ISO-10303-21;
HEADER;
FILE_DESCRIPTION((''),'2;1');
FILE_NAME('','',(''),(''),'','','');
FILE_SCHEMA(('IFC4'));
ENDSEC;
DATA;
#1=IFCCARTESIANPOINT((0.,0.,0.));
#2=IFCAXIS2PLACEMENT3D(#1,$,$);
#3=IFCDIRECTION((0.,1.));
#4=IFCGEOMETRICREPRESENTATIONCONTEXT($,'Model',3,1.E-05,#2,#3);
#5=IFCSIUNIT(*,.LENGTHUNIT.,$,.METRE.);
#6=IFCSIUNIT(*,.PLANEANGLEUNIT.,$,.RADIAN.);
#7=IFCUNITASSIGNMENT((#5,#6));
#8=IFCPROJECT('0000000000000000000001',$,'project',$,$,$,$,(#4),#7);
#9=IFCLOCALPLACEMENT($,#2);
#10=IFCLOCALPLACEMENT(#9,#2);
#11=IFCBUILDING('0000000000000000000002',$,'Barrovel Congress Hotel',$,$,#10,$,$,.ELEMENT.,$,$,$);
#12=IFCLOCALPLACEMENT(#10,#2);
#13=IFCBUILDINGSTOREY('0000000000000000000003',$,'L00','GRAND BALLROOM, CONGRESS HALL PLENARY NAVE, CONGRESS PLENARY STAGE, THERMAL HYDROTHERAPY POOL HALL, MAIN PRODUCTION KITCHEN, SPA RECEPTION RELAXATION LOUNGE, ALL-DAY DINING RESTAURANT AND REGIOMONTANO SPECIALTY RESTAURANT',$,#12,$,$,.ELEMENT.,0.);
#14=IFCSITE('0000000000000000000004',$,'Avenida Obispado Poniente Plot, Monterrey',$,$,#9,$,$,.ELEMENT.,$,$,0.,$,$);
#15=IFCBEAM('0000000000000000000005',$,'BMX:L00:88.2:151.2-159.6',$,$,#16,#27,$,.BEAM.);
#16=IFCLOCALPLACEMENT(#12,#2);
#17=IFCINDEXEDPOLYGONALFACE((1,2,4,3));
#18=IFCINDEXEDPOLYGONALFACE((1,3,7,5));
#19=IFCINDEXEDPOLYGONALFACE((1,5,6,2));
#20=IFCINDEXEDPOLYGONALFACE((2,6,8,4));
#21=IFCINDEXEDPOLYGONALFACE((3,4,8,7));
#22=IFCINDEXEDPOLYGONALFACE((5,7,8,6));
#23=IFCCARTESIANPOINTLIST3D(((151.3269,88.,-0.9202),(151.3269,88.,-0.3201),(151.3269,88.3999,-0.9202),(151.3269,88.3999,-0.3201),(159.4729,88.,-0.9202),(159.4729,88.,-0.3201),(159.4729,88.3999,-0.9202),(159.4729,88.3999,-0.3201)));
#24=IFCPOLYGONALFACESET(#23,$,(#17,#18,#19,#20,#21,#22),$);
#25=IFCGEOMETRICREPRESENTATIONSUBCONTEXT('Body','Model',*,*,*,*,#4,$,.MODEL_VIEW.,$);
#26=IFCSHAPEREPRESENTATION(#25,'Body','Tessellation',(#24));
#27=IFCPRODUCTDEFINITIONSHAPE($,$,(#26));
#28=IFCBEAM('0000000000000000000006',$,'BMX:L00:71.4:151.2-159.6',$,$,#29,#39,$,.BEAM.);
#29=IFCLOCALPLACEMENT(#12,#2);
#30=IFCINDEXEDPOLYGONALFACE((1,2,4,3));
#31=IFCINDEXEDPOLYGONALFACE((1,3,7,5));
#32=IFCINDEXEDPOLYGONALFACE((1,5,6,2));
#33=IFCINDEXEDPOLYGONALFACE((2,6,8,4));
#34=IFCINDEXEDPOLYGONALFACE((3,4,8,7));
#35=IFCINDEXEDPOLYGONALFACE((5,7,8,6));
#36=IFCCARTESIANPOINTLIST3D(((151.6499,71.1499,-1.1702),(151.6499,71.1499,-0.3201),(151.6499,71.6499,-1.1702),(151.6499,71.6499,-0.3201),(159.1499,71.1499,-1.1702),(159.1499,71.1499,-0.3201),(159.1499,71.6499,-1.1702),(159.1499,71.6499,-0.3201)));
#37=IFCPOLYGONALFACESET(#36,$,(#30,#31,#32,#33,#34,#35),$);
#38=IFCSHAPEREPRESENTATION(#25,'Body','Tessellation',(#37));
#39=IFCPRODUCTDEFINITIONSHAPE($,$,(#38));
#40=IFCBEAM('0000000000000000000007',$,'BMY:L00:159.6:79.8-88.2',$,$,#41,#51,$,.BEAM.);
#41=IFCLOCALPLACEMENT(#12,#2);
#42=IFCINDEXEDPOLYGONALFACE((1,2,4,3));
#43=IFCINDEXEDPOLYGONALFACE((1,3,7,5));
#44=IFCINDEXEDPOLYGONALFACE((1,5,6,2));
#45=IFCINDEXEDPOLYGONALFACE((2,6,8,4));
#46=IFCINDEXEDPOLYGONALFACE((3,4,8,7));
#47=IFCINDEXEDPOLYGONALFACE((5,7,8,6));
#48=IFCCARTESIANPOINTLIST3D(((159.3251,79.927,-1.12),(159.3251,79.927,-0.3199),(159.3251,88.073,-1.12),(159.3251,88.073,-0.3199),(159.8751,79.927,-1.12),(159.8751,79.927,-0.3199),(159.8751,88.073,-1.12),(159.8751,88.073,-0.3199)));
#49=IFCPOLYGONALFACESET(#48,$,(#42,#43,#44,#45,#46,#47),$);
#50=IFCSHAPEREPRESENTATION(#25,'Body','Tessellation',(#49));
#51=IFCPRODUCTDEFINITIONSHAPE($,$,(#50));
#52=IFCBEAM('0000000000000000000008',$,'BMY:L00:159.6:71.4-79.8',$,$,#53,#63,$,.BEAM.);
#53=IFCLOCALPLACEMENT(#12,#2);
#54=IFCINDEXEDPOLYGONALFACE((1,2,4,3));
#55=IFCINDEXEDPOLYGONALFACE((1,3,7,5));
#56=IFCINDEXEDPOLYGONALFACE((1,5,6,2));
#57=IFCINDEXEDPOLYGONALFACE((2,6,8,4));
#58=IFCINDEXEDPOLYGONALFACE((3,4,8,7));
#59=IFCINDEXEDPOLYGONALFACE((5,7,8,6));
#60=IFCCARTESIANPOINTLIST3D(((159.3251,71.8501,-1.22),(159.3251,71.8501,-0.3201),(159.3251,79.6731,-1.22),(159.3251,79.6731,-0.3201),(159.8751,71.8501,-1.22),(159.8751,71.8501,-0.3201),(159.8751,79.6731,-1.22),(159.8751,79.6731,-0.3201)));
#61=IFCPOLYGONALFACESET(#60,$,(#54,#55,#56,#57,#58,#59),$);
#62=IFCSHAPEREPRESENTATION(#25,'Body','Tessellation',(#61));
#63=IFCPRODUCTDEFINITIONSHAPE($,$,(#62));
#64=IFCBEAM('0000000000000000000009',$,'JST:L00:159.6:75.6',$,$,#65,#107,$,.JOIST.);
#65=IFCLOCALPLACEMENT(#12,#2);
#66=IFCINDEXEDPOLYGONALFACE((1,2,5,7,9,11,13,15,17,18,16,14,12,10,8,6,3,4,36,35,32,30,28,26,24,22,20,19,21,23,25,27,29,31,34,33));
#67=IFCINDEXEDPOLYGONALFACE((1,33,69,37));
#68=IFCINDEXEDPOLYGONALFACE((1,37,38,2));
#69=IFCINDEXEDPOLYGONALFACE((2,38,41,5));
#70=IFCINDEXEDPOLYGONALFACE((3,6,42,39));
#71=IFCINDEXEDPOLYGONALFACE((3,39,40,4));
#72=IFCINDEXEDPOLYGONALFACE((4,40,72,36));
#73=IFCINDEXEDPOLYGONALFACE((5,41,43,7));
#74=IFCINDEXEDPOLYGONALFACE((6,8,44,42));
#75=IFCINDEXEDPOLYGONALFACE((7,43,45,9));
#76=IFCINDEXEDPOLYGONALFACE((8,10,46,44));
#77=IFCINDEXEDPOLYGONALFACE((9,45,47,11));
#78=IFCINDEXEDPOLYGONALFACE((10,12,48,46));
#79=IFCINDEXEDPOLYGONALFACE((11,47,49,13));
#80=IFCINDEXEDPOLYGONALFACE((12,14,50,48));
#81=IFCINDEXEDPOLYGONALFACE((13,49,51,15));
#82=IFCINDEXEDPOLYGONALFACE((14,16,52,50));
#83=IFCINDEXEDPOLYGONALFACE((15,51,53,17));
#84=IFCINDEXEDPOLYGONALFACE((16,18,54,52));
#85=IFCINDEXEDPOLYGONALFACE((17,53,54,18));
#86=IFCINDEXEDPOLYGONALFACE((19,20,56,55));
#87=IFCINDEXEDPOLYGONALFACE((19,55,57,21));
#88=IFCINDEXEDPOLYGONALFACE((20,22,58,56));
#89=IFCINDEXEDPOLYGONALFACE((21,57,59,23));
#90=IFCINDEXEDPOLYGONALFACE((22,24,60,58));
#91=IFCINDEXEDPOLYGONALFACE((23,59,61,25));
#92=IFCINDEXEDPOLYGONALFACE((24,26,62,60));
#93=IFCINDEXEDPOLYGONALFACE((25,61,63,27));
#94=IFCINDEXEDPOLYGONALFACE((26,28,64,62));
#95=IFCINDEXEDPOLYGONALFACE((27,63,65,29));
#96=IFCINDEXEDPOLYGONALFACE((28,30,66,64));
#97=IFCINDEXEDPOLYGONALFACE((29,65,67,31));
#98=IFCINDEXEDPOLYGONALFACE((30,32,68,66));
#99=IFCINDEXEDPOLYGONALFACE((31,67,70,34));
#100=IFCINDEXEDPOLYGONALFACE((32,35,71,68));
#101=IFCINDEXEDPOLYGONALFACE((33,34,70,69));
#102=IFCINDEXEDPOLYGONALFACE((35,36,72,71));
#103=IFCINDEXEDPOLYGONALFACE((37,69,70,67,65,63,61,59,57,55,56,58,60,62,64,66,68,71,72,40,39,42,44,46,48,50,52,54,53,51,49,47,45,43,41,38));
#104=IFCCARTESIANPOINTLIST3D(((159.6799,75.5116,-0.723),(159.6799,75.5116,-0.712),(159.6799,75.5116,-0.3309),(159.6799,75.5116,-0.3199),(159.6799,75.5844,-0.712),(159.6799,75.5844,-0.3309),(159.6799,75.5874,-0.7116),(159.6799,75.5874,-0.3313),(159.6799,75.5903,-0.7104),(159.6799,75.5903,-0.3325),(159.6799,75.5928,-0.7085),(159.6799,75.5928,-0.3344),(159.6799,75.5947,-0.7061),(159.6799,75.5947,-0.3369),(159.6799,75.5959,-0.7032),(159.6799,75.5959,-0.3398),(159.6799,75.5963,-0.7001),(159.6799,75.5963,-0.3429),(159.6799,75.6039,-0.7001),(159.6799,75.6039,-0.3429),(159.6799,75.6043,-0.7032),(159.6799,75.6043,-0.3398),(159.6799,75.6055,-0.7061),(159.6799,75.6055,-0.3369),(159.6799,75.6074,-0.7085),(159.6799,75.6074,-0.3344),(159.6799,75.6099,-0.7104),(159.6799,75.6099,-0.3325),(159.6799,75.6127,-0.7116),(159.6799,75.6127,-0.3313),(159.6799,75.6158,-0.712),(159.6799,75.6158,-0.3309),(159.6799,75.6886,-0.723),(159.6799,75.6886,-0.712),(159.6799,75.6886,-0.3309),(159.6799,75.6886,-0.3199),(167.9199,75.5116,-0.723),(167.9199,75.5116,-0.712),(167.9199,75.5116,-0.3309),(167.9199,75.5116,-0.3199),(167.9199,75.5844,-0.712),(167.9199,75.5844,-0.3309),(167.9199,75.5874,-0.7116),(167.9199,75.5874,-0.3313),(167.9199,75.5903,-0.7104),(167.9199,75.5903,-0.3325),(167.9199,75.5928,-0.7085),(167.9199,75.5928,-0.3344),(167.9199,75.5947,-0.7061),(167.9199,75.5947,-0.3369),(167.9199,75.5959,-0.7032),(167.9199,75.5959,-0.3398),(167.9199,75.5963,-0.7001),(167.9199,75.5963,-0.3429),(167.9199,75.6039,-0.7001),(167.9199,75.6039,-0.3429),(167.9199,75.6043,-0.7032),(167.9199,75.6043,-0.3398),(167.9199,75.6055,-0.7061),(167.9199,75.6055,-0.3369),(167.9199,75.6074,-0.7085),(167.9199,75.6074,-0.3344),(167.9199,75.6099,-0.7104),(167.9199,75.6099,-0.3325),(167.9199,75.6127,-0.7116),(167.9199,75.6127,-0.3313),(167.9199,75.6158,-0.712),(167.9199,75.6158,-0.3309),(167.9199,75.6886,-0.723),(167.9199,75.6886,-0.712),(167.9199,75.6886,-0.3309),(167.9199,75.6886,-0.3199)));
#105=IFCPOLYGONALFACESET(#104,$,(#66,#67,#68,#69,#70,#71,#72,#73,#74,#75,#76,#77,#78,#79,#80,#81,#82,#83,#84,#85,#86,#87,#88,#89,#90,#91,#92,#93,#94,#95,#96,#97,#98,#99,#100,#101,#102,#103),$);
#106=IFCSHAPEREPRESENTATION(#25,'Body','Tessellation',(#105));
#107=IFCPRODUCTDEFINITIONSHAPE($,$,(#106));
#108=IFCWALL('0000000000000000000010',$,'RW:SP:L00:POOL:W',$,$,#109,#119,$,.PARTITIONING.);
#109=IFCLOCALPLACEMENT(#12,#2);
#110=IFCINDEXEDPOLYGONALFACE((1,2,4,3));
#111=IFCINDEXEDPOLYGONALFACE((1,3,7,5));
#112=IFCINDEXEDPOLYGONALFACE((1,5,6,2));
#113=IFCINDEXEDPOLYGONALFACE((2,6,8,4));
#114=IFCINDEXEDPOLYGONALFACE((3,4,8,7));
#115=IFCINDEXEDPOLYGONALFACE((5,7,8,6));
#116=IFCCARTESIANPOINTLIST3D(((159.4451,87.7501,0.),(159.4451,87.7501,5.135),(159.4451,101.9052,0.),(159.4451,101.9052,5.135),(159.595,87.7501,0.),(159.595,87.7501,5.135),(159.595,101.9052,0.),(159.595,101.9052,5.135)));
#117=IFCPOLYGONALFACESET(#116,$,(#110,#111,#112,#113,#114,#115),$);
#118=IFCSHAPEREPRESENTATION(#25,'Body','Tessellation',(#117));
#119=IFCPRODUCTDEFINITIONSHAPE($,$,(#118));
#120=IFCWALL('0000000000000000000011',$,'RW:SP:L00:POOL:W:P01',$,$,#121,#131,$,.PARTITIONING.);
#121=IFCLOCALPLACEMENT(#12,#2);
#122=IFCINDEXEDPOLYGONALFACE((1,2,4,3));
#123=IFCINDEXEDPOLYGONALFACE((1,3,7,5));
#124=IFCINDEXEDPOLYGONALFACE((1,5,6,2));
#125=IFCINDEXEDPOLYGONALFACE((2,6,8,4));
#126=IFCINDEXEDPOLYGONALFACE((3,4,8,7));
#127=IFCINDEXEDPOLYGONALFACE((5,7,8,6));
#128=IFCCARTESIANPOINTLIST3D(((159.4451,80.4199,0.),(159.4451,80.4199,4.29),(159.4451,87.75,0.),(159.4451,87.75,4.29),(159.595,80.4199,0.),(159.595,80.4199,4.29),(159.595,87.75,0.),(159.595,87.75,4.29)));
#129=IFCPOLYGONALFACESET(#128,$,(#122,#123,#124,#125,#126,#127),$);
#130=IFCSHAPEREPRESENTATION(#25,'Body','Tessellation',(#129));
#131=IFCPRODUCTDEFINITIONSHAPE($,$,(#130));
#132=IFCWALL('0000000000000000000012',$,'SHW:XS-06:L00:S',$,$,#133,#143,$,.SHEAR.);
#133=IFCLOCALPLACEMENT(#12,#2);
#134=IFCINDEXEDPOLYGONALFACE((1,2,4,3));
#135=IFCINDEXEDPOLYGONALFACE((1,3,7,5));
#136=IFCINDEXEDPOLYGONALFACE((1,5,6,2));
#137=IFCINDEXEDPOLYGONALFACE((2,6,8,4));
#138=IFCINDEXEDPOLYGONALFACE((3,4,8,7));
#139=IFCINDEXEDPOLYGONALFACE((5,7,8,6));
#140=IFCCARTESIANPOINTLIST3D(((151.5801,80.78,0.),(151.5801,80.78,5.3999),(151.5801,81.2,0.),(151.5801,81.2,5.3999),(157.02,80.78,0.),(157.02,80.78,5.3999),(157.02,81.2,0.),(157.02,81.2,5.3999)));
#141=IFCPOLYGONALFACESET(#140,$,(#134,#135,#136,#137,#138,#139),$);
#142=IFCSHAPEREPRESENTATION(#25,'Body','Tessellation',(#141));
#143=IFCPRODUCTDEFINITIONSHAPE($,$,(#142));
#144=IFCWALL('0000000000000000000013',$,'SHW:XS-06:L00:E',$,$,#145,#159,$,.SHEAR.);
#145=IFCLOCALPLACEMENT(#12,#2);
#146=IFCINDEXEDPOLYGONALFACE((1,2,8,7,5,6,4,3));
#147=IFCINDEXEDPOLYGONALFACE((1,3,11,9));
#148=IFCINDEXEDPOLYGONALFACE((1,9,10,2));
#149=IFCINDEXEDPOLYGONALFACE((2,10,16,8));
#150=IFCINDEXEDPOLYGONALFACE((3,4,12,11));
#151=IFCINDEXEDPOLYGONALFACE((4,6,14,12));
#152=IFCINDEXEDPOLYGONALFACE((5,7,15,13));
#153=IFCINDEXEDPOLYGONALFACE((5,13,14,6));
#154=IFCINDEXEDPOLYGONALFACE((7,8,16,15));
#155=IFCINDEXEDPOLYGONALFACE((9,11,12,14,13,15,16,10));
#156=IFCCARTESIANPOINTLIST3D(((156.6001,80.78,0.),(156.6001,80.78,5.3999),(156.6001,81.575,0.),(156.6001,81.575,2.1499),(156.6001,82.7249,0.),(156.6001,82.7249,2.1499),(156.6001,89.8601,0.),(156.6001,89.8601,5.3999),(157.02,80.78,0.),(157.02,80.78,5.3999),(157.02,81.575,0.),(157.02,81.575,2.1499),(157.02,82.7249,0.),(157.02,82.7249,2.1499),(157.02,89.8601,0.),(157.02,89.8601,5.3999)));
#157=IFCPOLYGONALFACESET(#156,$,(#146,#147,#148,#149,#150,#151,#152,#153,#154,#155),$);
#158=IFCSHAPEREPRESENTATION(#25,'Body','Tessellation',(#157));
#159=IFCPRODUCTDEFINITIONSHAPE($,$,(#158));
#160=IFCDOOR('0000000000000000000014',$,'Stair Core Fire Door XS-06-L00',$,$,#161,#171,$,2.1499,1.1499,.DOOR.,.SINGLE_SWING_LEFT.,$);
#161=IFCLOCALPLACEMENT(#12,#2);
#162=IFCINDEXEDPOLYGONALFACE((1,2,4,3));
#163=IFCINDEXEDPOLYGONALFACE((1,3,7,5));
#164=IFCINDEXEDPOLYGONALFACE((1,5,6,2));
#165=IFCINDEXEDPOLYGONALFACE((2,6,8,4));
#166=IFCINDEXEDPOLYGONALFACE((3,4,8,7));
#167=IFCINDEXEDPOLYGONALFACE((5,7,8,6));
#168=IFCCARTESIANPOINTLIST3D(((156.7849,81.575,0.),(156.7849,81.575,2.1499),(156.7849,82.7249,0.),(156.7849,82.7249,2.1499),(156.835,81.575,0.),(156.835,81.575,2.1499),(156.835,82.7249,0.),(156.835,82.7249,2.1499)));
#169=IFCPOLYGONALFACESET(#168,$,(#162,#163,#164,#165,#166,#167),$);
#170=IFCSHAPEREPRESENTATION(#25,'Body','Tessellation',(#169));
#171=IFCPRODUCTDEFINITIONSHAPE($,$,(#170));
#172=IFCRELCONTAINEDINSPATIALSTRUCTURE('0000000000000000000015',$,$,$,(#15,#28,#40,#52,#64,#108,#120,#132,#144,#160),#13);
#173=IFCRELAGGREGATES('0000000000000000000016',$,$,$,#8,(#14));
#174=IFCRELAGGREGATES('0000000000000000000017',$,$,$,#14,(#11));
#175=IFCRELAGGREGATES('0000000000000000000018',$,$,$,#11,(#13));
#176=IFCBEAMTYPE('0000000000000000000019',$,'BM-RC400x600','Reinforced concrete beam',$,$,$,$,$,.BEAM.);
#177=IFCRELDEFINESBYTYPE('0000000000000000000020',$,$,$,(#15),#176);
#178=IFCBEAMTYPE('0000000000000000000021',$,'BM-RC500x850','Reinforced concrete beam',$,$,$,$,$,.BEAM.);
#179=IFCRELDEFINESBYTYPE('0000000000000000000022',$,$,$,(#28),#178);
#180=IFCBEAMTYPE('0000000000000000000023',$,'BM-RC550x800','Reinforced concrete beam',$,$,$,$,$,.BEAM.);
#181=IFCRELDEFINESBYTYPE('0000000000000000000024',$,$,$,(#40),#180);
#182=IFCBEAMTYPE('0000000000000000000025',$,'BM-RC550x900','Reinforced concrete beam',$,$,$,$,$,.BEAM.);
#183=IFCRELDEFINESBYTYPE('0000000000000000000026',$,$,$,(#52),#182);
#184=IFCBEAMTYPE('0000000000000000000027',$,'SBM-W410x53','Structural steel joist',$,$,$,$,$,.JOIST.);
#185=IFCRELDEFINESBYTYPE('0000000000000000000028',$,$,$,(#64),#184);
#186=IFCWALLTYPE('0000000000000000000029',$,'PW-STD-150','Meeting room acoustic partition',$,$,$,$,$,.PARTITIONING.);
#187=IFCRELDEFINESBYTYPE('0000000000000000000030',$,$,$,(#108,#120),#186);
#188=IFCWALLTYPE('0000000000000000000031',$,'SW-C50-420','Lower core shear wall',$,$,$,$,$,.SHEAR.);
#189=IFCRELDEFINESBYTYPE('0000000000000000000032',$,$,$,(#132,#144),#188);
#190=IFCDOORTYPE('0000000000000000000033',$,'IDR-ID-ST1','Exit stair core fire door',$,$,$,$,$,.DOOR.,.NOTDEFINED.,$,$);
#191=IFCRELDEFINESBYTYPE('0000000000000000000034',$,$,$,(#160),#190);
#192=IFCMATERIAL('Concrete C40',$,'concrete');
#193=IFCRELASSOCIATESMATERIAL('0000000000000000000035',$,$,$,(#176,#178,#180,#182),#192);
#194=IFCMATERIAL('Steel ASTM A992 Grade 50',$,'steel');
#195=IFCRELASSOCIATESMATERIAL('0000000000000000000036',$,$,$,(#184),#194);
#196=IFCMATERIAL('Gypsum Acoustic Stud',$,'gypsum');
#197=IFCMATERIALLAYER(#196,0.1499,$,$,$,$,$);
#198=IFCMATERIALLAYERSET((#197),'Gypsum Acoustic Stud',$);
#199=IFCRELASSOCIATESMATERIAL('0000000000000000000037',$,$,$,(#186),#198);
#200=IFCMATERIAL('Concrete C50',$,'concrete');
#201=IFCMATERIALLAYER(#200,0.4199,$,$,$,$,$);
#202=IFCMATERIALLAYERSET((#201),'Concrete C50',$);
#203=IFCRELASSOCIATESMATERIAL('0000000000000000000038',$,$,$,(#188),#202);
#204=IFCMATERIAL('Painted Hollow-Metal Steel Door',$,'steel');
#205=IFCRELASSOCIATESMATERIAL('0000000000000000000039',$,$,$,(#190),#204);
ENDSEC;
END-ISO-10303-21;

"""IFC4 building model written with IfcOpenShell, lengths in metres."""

from ifc_helpers import new_model, si_unit, direction, frame, frame_2d, origin, origin_2d, place, context, subcontext, project, spatial, rectangle, i_section, extrude, material, layer, layer_set, material_profile, profile_set, type_object, element, fill, save


model = new_model("IFC4")

# Units and contexts
model_context = context("Model", 3, precision=1e-05, world=origin(), true_north=direction((0.0, 1.0)))
body_context = subcontext(model_context, "Body", "Model", "MODEL_VIEW")
ifc_project = project(units=[si_unit("LENGTHUNIT", "METRE"), si_unit("PLANEANGLEUNIT", "RADIAN")], contexts=[model_context])

# Site, building, storey
site_placement = place(None, origin())
site = spatial("IfcSite", under=ifc_project, at=site_placement, Name="Avenida Obispado Poniente Plot, Monterrey", CompositionType="ELEMENT", RefElevation=0.0)
building_placement = place(site_placement, origin())
building = spatial("IfcBuilding", under=site, at=building_placement, Name="Barrovel Congress Hotel", CompositionType="ELEMENT")
storey_placement = place(building_placement, origin())
storey = spatial("IfcBuildingStorey", under=building, at=storey_placement, Name="L00", Description="GRAND BALLROOM, CONGRESS HALL PLENARY NAVE, CONGRESS PLENARY STAGE, THERMAL HYDROTHERAPY POOL HALL, MAIN PRODUCTION KITCHEN, SPA RECEPTION RELAXATION LOUNGE, ALL-DAY DINING RESTAURANT AND REGIOMONTANO SPECIALTY RESTAURANT", CompositionType="ELEMENT", Elevation=0.0)

# Shared definitions
ifc_material_1 = material(Name="Concrete C40", Category="concrete")

# Beams
ifc_material_profile_1 = material_profile(ifc_material_1, rectangle(XDim=0.3999, YDim=0.6001, at=origin_2d()), Name="RC400x600")
ifc_profile_set_1 = profile_set([ifc_material_profile_1], Name="Concrete C40")
beam_type_1 = type_object("IfcBeamType", Name="BM-RC400x600", Description="Reinforced concrete beam", PredefinedType="BEAM", material=ifc_profile_set_1)
beam_1_placement = place(storey_placement, frame((151.3269, 88.2, -0.6201), z_axis=(1.0, 0.0, 0.0), x_axis=(0.0, 1.0, 0.0)))
element("IfcBeam", 1, at=beam_1_placement, inside=storey, type_object=beam_type_1, Name="BMX:L00:88.2:151.2-159.6", PredefinedType="BEAM", context=body_context, shape_type="SweptSolid", body=[
    extrude(rectangle(XDim=0.3999, YDim=0.6001, at=origin_2d()), origin(), (0.0, 0.0, 1.0), 8.146),
])
ifc_material_profile_2 = material_profile(ifc_material_1, rectangle(XDim=0.5, YDim=0.8501, at=origin_2d()), Name="RC500x850")
ifc_profile_set_2 = profile_set([ifc_material_profile_2], Name="Concrete C40")
beam_type_2 = type_object("IfcBeamType", Name="BM-RC500x850", Description="Reinforced concrete beam", PredefinedType="BEAM", material=ifc_profile_set_2)
beam_2_placement = place(storey_placement, frame((151.6499, 71.3999, -0.7451), z_axis=(1.0, 0.0, 0.0), x_axis=(0.0, 1.0, 0.0)))
element("IfcBeam", 2, at=beam_2_placement, inside=storey, type_object=beam_type_2, Name="BMX:L00:71.4:151.2-159.6", PredefinedType="BEAM", context=body_context, shape_type="SweptSolid", body=[
    extrude(rectangle(XDim=0.5, YDim=0.8501, at=origin_2d()), origin(), (0.0, 0.0, 1.0), 7.5),
])
ifc_material_profile_3 = material_profile(ifc_material_1, rectangle(XDim=0.55, YDim=0.8, at=origin_2d()), Name="RC550x800")
ifc_profile_set_3 = profile_set([ifc_material_profile_3], Name="Concrete C40")
beam_type_3 = type_object("IfcBeamType", Name="BM-RC550x800", Description="Reinforced concrete beam", PredefinedType="BEAM", material=ifc_profile_set_3)
beam_3_placement = place(storey_placement, frame((159.6001, 79.927, -0.72), z_axis=(0.0, 1.0, 0.0), x_axis=(-1.0, 0.0, 0.0)))
element("IfcBeam", 3, at=beam_3_placement, inside=storey, type_object=beam_type_3, Name="BMY:L00:159.6:79.8-88.2", PredefinedType="BEAM", context=body_context, shape_type="SweptSolid", body=[
    extrude(rectangle(XDim=0.55, YDim=0.8, at=origin_2d()), origin(), (0.0, 0.0, 1.0), 8.146),
])
ifc_material_profile_4 = material_profile(ifc_material_1, rectangle(XDim=0.55, YDim=0.8999, at=origin_2d()), Name="RC550x900")
ifc_profile_set_4 = profile_set([ifc_material_profile_4], Name="Concrete C40")
beam_type_4 = type_object("IfcBeamType", Name="BM-RC550x900", Description="Reinforced concrete beam", PredefinedType="BEAM", material=ifc_profile_set_4)
beam_4_placement = place(storey_placement, frame((159.6001, 71.8501, -0.77), z_axis=(0.0, 1.0, 0.0), x_axis=(-1.0, 0.0, 0.0)))
element("IfcBeam", 4, at=beam_4_placement, inside=storey, type_object=beam_type_4, Name="BMY:L00:159.6:71.4-79.8", PredefinedType="BEAM", context=body_context, shape_type="SweptSolid", body=[
    extrude(rectangle(XDim=0.55, YDim=0.8999, at=origin_2d()), origin(), (0.0, 0.0, 1.0), 7.823),
])
ifc_material_2 = material(Name="Steel ASTM A992 Grade 50", Category="steel")
ifc_material_profile_5 = material_profile(ifc_material_2, i_section(OverallWidth=0.177, OverallDepth=0.4031, WebThickness=0.0076, FlangeThickness=0.011, FilletRadius=0.012, at=origin_2d()), Name="W410x53")
ifc_profile_set_5 = profile_set([ifc_material_profile_5], Name="Steel ASTM A992 Grade 50")
beam_type_5 = type_object("IfcBeamType", Name="SBM-W410x53", Description="Structural steel joist", PredefinedType="JOIST", material=ifc_profile_set_5)
beam_5_placement = place(storey_placement, frame((159.6799, 75.6001, -0.5215), z_axis=(1.0, 0.0, 0.0), x_axis=(0.0, 1.0, 0.0)))
element("IfcBeam", 5, at=beam_5_placement, inside=storey, type_object=beam_type_5, Name="JST:L00:159.6:75.6", PredefinedType="JOIST", context=body_context, shape_type="SweptSolid", body=[
    extrude(i_section(OverallWidth=0.177, OverallDepth=0.4031, WebThickness=0.0076, FlangeThickness=0.011, FilletRadius=0.012, at=origin_2d()), origin(), (0.0, 0.0, 1.0), 8.24),
])

# Walls
ifc_material_3 = material(Name="Gypsum Acoustic Stud", Category="gypsum")
ifc_layer_1 = layer(ifc_material_3, 0.1499)
ifc_layer_set_1 = layer_set([ifc_layer_1], Name="Gypsum Acoustic Stud")
wall_type_1 = type_object("IfcWallType", Name="PW-STD-150", Description="Meeting room acoustic partition", PredefinedType="PARTITIONING", material=ifc_layer_set_1)
wall_1_placement = place(storey_placement, frame((159.52, 87.75, 0.0), z_axis=(0.0, 0.0, 1.0), x_axis=(0.0, 1.0, 0.0)))
element("IfcWall", 6, at=wall_1_placement, inside=storey, type_object=wall_type_1, Name="RW:SP:L00:POOL:W", PredefinedType="PARTITIONING", context=body_context, shape_type="SweptSolid", body=[
    extrude(rectangle(XDim=14.155, YDim=0.1499, at=frame_2d((7.0776, 0.0))), origin(), (0.0, 0.0, 1.0), 5.135),
])
wall_2_placement = place(storey_placement, frame((159.52, 80.4199, 0.0), z_axis=(0.0, 0.0, 1.0), x_axis=(0.0, 1.0, 0.0)))
element("IfcWall", 7, at=wall_2_placement, inside=storey, type_object=wall_type_1, Name="RW:SP:L00:POOL:W:P01", PredefinedType="PARTITIONING", context=body_context, shape_type="SweptSolid", body=[
    extrude(rectangle(XDim=7.3301, YDim=0.1499, at=frame_2d((3.665, 0.0))), origin(), (0.0, 0.0, 1.0), 4.29),
])
ifc_material_4 = material(Name="Concrete C50", Category="concrete")
ifc_layer_2 = layer(ifc_material_4, 0.4199)
ifc_layer_set_2 = layer_set([ifc_layer_2], Name="Concrete C50")
wall_type_2 = type_object("IfcWallType", Name="SW-C50-420", Description="Lower core shear wall", PredefinedType="SHEAR", material=ifc_layer_set_2)
wall_3_placement = place(storey_placement, frame((151.5801, 80.99, 0.0), z_axis=(0.0, 0.0, 1.0), x_axis=(1.0, 0.0, 0.0)))
element("IfcWall", 8, at=wall_3_placement, inside=storey, type_object=wall_type_2, Name="SHW:XS-06:L00:S", PredefinedType="SHEAR", context=body_context, shape_type="SweptSolid", body=[
    extrude(rectangle(XDim=5.4399, YDim=0.4199, at=frame_2d((2.72, 0.0))), origin(), (0.0, 0.0, 1.0), 5.3999),
])

# Wall, opening, door
wall_4_placement = place(storey_placement, frame((156.8101, 80.78, 0.0), z_axis=(0.0, 0.0, 1.0), x_axis=(0.0, 1.0, 0.0)))
wall_4 = element("IfcWall", 9, at=wall_4_placement, inside=storey, type_object=wall_type_2, Name="SHW:XS-06:L00:E", PredefinedType="SHEAR", context=body_context, shape_type="SweptSolid", body=[
    extrude(rectangle(XDim=9.0801, YDim=0.4199, at=frame_2d((4.54, 0.0))), origin(), (0.0, 0.0, 1.0), 5.3999),
])
opening_placement = place(wall_4_placement, frame((1.9448, 0.0, 0.0), z_axis=(0.0, 0.0, 1.0), x_axis=(-1.0, 0.0, 0.0)))
opening = element("IfcOpeningElement", 10, at=opening_placement, cuts=wall_4, PredefinedType="OPENING", context=body_context, shape_type="SweptSolid", body=[
    extrude(rectangle(XDim=1.1499, YDim=2.1499, at=frame_2d((0.575, 1.075))), frame((0.0, 0.22, 0.0), z_axis=(0.0, -1.0, 0.0), x_axis=(1.0, 0.0, 0.0)), (0.0, 0.0, 1.0), 0.4399),
])
ifc_material_5 = material(Name="Painted Hollow-Metal Steel Door", Category="steel")
door_type = type_object("IfcDoorType", Name="IDR-ID-ST1", Description="Exit stair core fire door", OperationType="NOTDEFINED", PredefinedType="DOOR", material=ifc_material_5)
door_placement = place(opening_placement, origin())
door = element("IfcDoor", 11, at=door_placement, inside=storey, type_object=door_type, Name="Stair Core Fire Door XS-06-L00", OperationType="SINGLE_SWING_LEFT", OverallHeight=2.1499, OverallWidth=1.1499, PredefinedType="DOOR", context=body_context, shape_type="SweptSolid", body=[
    extrude(rectangle(XDim=1.1499, YDim=2.1499, at=frame_2d((0.575, 1.075))), frame((0.0, 0.0249, 0.0), z_axis=(0.0, -1.0, 0.0), x_axis=(1.0, 0.0, 0.0)), (0.0, 0.0, 1.0), 0.05),
])
fill(opening, door)

save(model, "model.ifc")
